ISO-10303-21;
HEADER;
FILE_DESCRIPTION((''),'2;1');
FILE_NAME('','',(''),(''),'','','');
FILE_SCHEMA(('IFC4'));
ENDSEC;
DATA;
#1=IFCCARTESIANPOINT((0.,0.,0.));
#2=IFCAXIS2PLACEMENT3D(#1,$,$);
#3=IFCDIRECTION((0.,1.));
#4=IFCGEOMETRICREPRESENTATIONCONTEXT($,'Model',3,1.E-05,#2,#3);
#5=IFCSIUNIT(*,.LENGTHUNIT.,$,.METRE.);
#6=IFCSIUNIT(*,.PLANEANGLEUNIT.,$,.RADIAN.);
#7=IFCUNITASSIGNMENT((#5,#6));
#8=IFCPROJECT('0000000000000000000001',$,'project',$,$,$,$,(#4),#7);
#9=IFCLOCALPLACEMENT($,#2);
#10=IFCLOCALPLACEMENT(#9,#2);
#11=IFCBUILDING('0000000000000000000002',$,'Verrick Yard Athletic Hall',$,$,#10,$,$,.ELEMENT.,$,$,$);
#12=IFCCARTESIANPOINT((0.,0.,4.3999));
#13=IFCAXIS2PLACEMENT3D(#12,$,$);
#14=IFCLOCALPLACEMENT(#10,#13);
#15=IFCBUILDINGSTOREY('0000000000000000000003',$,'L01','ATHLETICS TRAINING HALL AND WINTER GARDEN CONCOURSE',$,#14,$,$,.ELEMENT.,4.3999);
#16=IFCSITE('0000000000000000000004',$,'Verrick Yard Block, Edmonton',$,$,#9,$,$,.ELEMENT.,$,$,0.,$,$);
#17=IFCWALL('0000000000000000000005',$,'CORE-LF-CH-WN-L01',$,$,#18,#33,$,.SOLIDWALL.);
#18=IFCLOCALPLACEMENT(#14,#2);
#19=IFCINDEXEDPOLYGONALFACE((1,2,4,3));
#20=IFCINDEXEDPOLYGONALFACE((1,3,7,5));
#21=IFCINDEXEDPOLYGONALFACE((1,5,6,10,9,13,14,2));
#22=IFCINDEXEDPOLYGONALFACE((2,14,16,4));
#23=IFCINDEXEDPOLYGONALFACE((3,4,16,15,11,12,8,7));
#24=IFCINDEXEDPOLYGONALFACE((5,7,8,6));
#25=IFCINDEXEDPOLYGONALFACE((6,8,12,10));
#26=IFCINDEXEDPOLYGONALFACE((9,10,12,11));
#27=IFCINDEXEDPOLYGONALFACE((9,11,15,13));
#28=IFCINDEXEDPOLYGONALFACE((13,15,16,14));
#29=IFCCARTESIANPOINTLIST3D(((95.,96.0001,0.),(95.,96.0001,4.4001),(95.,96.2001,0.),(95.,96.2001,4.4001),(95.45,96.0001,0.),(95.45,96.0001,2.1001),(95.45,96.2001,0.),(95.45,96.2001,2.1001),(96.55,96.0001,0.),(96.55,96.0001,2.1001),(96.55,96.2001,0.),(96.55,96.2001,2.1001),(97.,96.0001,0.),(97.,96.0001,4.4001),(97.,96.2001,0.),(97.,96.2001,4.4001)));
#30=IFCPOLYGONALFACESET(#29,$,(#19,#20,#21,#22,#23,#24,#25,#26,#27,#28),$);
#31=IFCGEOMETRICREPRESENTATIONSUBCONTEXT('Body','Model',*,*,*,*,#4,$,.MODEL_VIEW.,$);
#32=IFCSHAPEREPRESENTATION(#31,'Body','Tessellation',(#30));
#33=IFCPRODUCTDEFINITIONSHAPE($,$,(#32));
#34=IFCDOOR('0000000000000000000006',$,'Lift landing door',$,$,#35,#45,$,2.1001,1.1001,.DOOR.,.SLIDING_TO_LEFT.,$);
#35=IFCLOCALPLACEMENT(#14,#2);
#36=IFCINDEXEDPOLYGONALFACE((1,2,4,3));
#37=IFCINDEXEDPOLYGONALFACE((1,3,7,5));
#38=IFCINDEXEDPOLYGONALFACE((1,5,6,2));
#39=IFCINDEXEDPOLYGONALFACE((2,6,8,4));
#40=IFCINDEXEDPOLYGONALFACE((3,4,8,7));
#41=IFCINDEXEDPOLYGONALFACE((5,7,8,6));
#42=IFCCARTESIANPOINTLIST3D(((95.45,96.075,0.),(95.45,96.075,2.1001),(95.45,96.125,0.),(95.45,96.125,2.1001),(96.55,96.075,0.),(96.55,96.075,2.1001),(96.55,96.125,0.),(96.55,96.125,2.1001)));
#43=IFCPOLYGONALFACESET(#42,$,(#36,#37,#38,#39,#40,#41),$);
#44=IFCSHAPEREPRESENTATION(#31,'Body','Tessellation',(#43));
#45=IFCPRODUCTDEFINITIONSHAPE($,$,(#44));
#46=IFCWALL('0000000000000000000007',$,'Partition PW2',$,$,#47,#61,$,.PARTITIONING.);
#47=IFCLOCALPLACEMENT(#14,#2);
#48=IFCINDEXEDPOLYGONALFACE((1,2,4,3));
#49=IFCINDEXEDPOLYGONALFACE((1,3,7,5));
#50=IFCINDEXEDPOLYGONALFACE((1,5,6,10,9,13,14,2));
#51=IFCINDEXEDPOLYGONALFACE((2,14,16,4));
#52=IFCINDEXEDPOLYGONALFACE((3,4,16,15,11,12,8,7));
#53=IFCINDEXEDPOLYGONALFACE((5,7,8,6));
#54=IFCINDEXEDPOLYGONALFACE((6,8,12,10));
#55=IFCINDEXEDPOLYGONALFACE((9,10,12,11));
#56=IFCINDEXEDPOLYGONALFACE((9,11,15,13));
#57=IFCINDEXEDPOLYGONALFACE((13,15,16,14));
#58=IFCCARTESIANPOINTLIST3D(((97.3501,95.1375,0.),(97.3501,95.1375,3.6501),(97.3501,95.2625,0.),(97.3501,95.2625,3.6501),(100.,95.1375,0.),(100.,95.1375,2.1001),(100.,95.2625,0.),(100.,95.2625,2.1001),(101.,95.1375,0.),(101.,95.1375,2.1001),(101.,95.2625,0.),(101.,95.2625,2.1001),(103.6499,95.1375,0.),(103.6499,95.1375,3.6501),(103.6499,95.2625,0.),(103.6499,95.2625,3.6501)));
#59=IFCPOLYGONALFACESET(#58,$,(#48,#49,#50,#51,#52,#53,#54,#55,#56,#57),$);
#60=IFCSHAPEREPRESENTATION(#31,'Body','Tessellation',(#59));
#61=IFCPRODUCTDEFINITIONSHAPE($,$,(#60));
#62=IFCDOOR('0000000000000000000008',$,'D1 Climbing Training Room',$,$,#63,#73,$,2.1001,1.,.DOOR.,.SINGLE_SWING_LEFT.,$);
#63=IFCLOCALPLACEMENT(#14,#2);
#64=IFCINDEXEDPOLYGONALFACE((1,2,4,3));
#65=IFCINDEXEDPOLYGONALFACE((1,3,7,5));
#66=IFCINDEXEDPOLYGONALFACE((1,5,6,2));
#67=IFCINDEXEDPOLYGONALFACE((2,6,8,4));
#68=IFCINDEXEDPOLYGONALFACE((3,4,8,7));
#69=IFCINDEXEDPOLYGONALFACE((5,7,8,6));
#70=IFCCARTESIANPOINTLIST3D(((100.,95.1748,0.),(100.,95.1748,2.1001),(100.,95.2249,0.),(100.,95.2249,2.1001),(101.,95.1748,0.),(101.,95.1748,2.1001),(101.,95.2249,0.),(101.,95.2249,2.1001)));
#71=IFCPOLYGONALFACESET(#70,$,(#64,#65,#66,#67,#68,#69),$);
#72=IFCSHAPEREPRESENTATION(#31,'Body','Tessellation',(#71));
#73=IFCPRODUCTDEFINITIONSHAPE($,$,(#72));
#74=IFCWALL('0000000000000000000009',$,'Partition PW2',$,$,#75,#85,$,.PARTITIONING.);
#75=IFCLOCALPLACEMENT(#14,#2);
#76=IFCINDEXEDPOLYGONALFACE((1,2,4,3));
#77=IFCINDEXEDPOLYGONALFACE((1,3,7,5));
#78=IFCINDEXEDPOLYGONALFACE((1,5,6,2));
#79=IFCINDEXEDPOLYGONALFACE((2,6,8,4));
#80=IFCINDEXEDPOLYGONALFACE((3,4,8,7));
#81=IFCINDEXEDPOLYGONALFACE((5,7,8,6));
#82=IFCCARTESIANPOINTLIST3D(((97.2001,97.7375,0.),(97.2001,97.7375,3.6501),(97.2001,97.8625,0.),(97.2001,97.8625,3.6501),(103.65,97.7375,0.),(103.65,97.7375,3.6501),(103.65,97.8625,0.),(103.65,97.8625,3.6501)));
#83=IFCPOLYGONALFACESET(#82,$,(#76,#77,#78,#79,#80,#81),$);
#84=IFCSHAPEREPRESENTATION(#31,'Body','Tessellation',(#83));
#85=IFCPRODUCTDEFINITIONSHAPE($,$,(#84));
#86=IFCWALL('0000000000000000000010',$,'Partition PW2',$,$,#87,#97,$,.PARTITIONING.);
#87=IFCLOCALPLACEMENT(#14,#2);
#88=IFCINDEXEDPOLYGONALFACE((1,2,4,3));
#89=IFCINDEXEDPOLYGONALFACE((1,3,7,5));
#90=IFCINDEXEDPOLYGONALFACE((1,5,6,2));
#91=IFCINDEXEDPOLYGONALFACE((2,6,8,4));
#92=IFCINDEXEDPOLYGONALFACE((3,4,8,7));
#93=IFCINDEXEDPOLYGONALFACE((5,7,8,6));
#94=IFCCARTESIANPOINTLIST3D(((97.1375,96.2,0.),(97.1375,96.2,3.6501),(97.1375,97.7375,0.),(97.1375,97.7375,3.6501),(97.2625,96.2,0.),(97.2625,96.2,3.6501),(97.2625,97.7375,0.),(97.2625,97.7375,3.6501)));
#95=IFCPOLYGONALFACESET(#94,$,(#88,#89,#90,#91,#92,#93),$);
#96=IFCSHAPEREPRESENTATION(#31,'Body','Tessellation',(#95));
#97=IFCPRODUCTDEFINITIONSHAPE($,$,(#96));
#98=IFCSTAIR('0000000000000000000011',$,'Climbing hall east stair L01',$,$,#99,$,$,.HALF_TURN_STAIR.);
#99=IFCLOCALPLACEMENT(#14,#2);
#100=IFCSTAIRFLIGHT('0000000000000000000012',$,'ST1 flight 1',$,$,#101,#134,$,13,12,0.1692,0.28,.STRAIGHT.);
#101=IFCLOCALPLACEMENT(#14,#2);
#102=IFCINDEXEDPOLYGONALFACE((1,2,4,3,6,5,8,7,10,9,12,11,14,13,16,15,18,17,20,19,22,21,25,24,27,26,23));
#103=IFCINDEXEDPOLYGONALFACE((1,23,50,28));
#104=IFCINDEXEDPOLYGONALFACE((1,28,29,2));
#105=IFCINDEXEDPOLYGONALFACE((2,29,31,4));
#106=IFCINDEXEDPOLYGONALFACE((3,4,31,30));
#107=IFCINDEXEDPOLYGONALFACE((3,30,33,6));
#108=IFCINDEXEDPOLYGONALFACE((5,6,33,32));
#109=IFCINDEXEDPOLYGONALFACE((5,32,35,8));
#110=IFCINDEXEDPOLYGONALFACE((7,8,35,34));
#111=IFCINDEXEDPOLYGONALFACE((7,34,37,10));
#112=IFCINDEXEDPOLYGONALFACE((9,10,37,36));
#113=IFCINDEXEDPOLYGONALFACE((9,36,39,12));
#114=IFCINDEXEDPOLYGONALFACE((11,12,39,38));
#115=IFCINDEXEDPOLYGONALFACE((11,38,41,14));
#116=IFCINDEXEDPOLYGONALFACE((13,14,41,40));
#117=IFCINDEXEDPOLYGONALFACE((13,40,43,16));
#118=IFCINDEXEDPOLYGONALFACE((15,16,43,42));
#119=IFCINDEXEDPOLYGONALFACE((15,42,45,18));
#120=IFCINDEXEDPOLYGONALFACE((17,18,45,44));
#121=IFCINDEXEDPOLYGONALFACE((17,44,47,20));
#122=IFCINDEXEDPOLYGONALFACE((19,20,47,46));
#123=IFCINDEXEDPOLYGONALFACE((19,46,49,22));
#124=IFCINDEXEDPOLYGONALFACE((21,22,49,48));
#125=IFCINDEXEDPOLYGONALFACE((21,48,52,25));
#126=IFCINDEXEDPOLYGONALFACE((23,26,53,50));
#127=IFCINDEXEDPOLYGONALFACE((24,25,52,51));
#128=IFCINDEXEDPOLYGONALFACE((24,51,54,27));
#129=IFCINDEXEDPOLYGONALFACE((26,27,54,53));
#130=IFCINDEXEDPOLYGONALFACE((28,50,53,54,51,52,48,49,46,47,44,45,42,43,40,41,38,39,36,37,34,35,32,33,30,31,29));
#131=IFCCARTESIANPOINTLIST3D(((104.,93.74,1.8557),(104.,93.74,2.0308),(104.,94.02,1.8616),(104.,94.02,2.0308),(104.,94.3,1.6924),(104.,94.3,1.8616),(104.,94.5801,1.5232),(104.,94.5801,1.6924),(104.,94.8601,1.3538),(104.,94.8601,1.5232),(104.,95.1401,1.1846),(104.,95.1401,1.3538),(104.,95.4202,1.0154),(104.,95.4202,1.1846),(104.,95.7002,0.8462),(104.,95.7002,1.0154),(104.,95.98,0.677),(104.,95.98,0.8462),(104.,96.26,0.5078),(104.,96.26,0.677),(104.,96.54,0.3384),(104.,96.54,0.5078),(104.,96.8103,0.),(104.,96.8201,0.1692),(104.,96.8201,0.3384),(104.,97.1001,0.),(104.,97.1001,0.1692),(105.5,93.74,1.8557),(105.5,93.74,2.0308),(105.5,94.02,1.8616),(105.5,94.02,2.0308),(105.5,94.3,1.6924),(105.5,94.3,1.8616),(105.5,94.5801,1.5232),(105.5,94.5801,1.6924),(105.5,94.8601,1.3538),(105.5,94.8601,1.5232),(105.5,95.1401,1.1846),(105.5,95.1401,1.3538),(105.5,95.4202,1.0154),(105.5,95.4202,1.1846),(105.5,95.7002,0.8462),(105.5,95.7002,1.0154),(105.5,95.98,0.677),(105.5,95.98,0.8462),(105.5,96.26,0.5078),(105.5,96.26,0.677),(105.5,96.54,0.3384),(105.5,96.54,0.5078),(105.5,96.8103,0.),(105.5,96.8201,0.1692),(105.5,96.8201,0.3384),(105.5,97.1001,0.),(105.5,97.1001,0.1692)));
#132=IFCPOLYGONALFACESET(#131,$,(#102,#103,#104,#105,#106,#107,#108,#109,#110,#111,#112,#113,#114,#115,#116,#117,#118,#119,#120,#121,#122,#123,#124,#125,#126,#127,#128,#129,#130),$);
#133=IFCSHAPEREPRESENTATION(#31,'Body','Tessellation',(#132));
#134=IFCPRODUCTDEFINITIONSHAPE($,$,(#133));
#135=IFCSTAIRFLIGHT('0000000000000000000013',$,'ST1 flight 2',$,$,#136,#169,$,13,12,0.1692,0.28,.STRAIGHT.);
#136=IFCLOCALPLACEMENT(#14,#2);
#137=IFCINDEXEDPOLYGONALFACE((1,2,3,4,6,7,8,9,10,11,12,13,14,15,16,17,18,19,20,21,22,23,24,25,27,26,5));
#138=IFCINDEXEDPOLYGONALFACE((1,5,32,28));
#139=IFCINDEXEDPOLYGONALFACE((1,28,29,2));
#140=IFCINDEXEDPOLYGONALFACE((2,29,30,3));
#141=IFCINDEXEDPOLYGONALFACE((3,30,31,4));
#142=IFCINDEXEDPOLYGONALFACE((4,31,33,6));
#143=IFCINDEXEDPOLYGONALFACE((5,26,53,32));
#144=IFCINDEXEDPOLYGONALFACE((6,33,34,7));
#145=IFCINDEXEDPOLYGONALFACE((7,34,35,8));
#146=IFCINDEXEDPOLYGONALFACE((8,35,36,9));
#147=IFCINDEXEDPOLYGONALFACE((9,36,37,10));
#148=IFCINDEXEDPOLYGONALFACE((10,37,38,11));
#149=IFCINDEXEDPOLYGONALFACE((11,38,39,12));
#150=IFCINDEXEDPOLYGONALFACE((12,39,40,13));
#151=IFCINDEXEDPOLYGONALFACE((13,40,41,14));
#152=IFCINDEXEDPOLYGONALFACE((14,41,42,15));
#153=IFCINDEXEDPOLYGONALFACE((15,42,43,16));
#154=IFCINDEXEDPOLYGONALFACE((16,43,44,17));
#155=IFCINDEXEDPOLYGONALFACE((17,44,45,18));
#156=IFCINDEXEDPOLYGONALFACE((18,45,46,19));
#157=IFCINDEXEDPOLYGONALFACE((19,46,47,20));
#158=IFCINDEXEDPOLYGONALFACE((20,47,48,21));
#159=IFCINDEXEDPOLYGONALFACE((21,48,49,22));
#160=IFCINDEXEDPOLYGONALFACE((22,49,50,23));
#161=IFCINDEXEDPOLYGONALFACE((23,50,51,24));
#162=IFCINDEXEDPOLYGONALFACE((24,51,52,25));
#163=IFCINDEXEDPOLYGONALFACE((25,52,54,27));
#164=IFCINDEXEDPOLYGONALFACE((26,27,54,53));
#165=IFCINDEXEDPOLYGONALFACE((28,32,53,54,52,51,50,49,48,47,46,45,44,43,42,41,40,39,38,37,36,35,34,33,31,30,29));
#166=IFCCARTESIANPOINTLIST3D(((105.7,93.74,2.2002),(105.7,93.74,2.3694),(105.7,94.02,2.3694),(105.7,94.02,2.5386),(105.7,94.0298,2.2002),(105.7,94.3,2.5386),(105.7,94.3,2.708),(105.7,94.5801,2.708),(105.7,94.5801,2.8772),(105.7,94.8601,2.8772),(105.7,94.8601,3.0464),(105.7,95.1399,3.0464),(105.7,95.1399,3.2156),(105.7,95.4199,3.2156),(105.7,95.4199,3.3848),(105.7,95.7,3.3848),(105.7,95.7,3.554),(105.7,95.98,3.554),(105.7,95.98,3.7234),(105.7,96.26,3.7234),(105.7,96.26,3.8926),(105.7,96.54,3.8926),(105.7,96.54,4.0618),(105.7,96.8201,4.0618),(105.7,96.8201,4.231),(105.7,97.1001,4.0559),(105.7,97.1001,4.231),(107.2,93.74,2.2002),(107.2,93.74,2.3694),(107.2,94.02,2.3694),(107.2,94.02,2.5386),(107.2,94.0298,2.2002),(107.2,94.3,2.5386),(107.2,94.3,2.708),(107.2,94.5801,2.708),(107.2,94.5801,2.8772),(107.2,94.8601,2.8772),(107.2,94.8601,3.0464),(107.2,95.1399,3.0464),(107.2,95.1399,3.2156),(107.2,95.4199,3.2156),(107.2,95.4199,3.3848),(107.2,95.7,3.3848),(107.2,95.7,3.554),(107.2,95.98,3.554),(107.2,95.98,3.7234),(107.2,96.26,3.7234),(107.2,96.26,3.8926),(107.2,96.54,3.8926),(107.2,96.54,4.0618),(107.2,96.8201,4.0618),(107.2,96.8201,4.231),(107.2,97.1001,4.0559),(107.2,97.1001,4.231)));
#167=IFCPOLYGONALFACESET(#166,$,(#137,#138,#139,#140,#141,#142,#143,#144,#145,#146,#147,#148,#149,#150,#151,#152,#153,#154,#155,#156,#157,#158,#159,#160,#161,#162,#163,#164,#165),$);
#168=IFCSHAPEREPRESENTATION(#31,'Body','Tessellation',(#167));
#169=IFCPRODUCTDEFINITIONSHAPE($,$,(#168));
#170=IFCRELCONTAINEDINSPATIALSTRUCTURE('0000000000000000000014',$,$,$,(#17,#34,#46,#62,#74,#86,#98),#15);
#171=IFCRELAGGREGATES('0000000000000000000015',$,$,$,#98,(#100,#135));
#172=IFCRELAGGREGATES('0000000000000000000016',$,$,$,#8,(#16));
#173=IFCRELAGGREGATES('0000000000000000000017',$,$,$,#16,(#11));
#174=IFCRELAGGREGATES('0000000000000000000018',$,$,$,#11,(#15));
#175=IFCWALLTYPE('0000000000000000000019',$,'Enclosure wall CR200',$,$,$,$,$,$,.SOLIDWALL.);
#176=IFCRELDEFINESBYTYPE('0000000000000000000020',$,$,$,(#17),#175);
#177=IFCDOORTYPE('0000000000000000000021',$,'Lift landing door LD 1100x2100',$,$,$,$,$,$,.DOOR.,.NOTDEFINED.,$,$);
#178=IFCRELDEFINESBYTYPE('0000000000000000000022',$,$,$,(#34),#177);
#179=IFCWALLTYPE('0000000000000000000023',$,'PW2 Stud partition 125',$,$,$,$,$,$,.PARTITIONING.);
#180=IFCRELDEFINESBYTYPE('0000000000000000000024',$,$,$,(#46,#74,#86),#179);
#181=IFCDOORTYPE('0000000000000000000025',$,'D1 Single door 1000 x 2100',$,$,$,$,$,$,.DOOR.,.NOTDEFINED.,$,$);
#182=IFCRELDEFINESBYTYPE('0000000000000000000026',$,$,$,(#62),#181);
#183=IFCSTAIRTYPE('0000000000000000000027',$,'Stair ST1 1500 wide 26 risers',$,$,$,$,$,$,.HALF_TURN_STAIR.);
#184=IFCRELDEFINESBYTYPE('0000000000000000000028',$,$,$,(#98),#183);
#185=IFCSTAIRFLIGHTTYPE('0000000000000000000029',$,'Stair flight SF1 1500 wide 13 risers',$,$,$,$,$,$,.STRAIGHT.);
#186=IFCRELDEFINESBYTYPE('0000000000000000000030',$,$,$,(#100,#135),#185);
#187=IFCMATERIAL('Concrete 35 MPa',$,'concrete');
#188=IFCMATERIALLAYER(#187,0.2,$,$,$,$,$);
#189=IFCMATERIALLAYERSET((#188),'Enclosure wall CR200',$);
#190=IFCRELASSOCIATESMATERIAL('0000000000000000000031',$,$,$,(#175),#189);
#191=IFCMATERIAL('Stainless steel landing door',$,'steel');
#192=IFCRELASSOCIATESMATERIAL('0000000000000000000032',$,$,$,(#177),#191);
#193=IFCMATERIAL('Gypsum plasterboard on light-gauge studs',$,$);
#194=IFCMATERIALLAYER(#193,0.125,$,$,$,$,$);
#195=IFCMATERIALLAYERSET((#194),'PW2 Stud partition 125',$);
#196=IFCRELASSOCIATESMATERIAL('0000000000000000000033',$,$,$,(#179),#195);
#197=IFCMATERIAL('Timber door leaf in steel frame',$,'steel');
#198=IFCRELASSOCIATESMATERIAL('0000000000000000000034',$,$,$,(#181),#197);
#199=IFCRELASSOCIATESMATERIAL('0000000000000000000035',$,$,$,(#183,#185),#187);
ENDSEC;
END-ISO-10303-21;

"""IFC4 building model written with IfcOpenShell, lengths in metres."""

from ifc_helpers import new_model, si_unit, direction, frame, frame_2d, origin, place, context, subcontext, project, spatial, polyline, rectangle, outline, extrude, material, layer, layer_set, type_object, element, fill, aggregate, save


model = new_model("IFC4")

# Units and contexts
model_context = context("Model", 3, precision=1e-05, world=origin(), true_north=direction((0.0, 1.0)))
body_context = subcontext(model_context, "Body", "Model", "MODEL_VIEW")
ifc_project = project(units=[si_unit("LENGTHUNIT", "METRE"), si_unit("PLANEANGLEUNIT", "RADIAN")], contexts=[model_context])

# Site, building, storey
site_placement = place(None, origin())
site = spatial("IfcSite", under=ifc_project, at=site_placement, Name="Verrick Yard Block, Edmonton", CompositionType="ELEMENT", RefElevation=0.0)
building_placement = place(site_placement, origin())
building = spatial("IfcBuilding", under=site, at=building_placement, Name="Verrick Yard Athletic Hall", CompositionType="ELEMENT")
storey_placement = place(building_placement, frame((0.0, 0.0, 4.3999)))
storey = spatial("IfcBuildingStorey", under=building, at=storey_placement, Name="L01", Description="ATHLETICS TRAINING HALL AND WINTER GARDEN CONCOURSE", CompositionType="ELEMENT", Elevation=4.3999)

# Shared definitions
ifc_material_1 = material(Name="Concrete 35 MPa", Category="concrete")
ifc_layer_1 = layer(ifc_material_1, 0.2)
ifc_layer_set_1 = layer_set([ifc_layer_1], Name="Enclosure wall CR200")
wall_type_1 = type_object("IfcWallType", Name="Enclosure wall CR200", PredefinedType="SOLIDWALL", material=ifc_layer_set_1)

# Walls, openings, doors
wall_1_placement = place(storey_placement, frame((95.0, 96.1001, 0.0), z_axis=(0.0, 0.0, 1.0), x_axis=(1.0, 0.0, 0.0)))
wall_1 = element("IfcWall", 1, at=wall_1_placement, inside=storey, type_object=wall_type_1, Name="CORE-LF-CH-WN-L01", PredefinedType="SOLIDWALL", context=body_context, shape_type="SweptSolid", body=[
    extrude(rectangle(XDim=2.0, YDim=0.2, at=frame_2d((1.0, 0.0))), origin(), (0.0, 0.0, 1.0), 4.4001),
])
opening_1_placement = place(wall_1_placement, frame((0.45, 0.0, 0.0)))
opening_1 = element("IfcOpeningElement", 2, at=opening_1_placement, cuts=wall_1, PredefinedType="OPENING", context=body_context, shape_type="SweptSolid", body=[
    extrude(rectangle(XDim=1.1001, YDim=2.1001, at=frame_2d((0.55, 1.05))), frame((0.0, 0.1099, 0.0), z_axis=(0.0, -1.0, 0.0), x_axis=(1.0, 0.0, 0.0)), (0.0, 0.0, 1.0), 0.22),
])
ifc_material_2 = material(Name="Stainless steel landing door", Category="steel")
door_type_1 = type_object("IfcDoorType", Name="Lift landing door LD 1100x2100", OperationType="NOTDEFINED", PredefinedType="DOOR", material=ifc_material_2)
door_1_placement = place(opening_1_placement, origin())
door_1 = element("IfcDoor", 3, at=door_1_placement, inside=storey, type_object=door_type_1, Name="Lift landing door", OperationType="SLIDING_TO_LEFT", OverallHeight=2.1001, OverallWidth=1.1001, PredefinedType="DOOR", context=body_context, shape_type="SweptSolid", body=[
    extrude(rectangle(XDim=1.1001, YDim=2.1001, at=frame_2d((0.55, 1.05))), frame((0.0, 0.0249, 0.0), z_axis=(0.0, -1.0, 0.0), x_axis=(1.0, 0.0, 0.0)), (0.0, 0.0, 1.0), 0.05),
])
fill(opening_1, door_1)
ifc_material_3 = material(Name="Gypsum plasterboard on light-gauge studs")
ifc_layer_2 = layer(ifc_material_3, 0.125)
ifc_layer_set_2 = layer_set([ifc_layer_2], Name="PW2 Stud partition 125")
wall_type_2 = type_object("IfcWallType", Name="PW2 Stud partition 125", PredefinedType="PARTITIONING", material=ifc_layer_set_2)
wall_2_placement = place(storey_placement, frame((97.3501, 95.2, 0.0), z_axis=(0.0, 0.0, 1.0), x_axis=(1.0, 0.0, 0.0)))
wall_2 = element("IfcWall", 4, at=wall_2_placement, inside=storey, type_object=wall_type_2, Name="Partition PW2", PredefinedType="PARTITIONING", context=body_context, shape_type="SweptSolid", body=[
    extrude(rectangle(XDim=6.2998, YDim=0.125, at=frame_2d((3.1499, 0.0))), origin(), (0.0, 0.0, 1.0), 3.6501),
])
opening_2_placement = place(wall_2_placement, frame((2.6499, 0.0, 0.0)))
opening_2 = element("IfcOpeningElement", 5, at=opening_2_placement, cuts=wall_2, PredefinedType="OPENING", context=body_context, shape_type="SweptSolid", body=[
    extrude(rectangle(XDim=1.0, YDim=2.1001, at=frame_2d((0.5, 1.05))), frame((0.0, 0.0725, 0.0), z_axis=(0.0, -1.0, 0.0), x_axis=(1.0, 0.0, 0.0)), (0.0, 0.0, 1.0), 0.145),
])
ifc_material_4 = material(Name="Timber door leaf in steel frame", Category="steel")
door_type_2 = type_object("IfcDoorType", Name="D1 Single door 1000 x 2100", OperationType="NOTDEFINED", PredefinedType="DOOR", material=ifc_material_4)
door_2_placement = place(opening_2_placement, origin())
door_2 = element("IfcDoor", 6, at=door_2_placement, inside=storey, type_object=door_type_2, Name="D1 Climbing Training Room", OperationType="SINGLE_SWING_LEFT", OverallHeight=2.1001, OverallWidth=1.0, PredefinedType="DOOR", context=body_context, shape_type="SweptSolid", body=[
    extrude(rectangle(XDim=1.0, YDim=2.1001, at=frame_2d((0.5, 1.05))), frame((0.0, 0.0249, 0.0), z_axis=(0.0, -1.0, 0.0), x_axis=(1.0, 0.0, 0.0)), (0.0, 0.0, 1.0), 0.05),
])
fill(opening_2, door_2)

# Walls
wall_3_placement = place(storey_placement, frame((97.2, 97.8, 0.0), z_axis=(0.0, 0.0, 1.0), x_axis=(1.0, 0.0, 0.0)))
element("IfcWall", 7, at=wall_3_placement, inside=storey, type_object=wall_type_2, Name="Partition PW2", PredefinedType="PARTITIONING", context=body_context, shape_type="SweptSolid", body=[
    extrude(rectangle(XDim=6.45, YDim=0.125, at=frame_2d((3.2251, 0.0))), origin(), (0.0, 0.0, 1.0), 3.6501),
])
wall_4_placement = place(storey_placement, frame((97.2, 96.2, 0.0), z_axis=(0.0, 0.0, 1.0), x_axis=(0.0, 1.0, 0.0)))
element("IfcWall", 8, at=wall_4_placement, inside=storey, type_object=wall_type_2, Name="Partition PW2", PredefinedType="PARTITIONING", context=body_context, shape_type="SweptSolid", body=[
    extrude(rectangle(XDim=1.5376, YDim=0.125, at=frame_2d((0.7688, 0.0))), origin(), (0.0, 0.0, 1.0), 3.6501),
])

# Stair, stair flights
stair_type = type_object("IfcStairType", Name="Stair ST1 1500 wide 26 risers", PredefinedType="HALF_TURN_STAIR", material=ifc_material_1)
stair_1_placement = place(storey_placement, origin())
stair_1 = element("IfcStair", 9, at=stair_1_placement, inside=storey, type_object=stair_type, Name="Climbing hall east stair L01", PredefinedType="HALF_TURN_STAIR")
stair_flight_type = type_object("IfcStairFlightType", Name="Stair flight SF1 1500 wide 13 risers", PredefinedType="STRAIGHT", material=ifc_material_1)
stair_flight_1_placement = place(storey_placement, frame((104.75, 97.1001, 0.0), z_axis=(0.0, 0.0, 1.0), x_axis=(0.0, -1.0, 0.0)))
stair_flight_1 = element("IfcStairFlight", 10, at=stair_flight_1_placement, type_object=stair_flight_type, Name="ST1 flight 1", NumberOfRisers=13, NumberOfTreads=12, PredefinedType="STRAIGHT", RiserHeight=0.1692, TreadLength=0.28, context=body_context, shape_type="SweptSolid", body=[
    extrude(outline(polyline([(0.0, 0.0), (0.0, 0.1692), (0.28, 0.1692), (0.28, 0.3384), (0.5601, 0.3384), (0.5601, 0.5078), (0.8401, 0.5078), (0.8401, 0.677), (1.1201, 0.677), (1.1201, 0.8462), (1.3999, 0.8462), (1.3999, 1.0154), (1.6799, 1.0154), (1.6799, 1.1846), (1.96, 1.1846), (1.96, 1.3538), (2.24, 1.3538), (2.24, 1.5232), (2.52, 1.5232), (2.52, 1.6924), (2.8, 1.6924), (2.8, 1.8616), (3.0801, 1.8616), (3.0801, 2.0308), (3.3601, 2.0308), (3.3601, 2.2), (3.3601, 1.8557), (0.2898, 0.0), (0.0, 0.0)])), frame((0.0, 0.75, 0.0), z_axis=(0.0, -1.0, 0.0), x_axis=(1.0, 0.0, 0.0)), (0.0, 0.0, 1.0), 1.5),
])
stair_flight_2_placement = place(storey_placement, frame((106.45, 93.74, 2.2002), z_axis=(0.0, 0.0, 1.0), x_axis=(0.0, 1.0, 0.0)))
stair_flight_2 = element("IfcStairFlight", 11, at=stair_flight_2_placement, type_object=stair_flight_type, Name="ST1 flight 2", NumberOfRisers=13, NumberOfTreads=12, PredefinedType="STRAIGHT", RiserHeight=0.1692, TreadLength=0.28, context=body_context, shape_type="SweptSolid", body=[
    extrude(outline(polyline([(0.0, 0.0), (0.0, 0.1692), (0.28, 0.1692), (0.28, 0.3384), (0.5601, 0.3384), (0.5601, 0.5078), (0.8401, 0.5078), (0.8401, 0.677), (1.1201, 0.677), (1.1201, 0.8462), (1.3999, 0.8462), (1.3999, 1.0154), (1.6799, 1.0154), (1.6799, 1.1846), (1.96, 1.1846), (1.96, 1.3538), (2.24, 1.3538), (2.24, 1.5232), (2.52, 1.5232), (2.52, 1.6924), (2.8, 1.6924), (2.8, 1.8616), (3.0801, 1.8616), (3.0801, 2.0308), (3.3601, 2.0308), (3.3601, 2.2), (3.3601, 1.8557), (0.2898, 0.0), (0.0, 0.0)])), frame((0.0, 0.75, 0.0), z_axis=(0.0, -1.0, 0.0), x_axis=(1.0, 0.0, 0.0)), (0.0, 0.0, 1.0), 1.5),
])
aggregate(stair_1, [stair_flight_1, stair_flight_2])

save(model, "model.ifc")
